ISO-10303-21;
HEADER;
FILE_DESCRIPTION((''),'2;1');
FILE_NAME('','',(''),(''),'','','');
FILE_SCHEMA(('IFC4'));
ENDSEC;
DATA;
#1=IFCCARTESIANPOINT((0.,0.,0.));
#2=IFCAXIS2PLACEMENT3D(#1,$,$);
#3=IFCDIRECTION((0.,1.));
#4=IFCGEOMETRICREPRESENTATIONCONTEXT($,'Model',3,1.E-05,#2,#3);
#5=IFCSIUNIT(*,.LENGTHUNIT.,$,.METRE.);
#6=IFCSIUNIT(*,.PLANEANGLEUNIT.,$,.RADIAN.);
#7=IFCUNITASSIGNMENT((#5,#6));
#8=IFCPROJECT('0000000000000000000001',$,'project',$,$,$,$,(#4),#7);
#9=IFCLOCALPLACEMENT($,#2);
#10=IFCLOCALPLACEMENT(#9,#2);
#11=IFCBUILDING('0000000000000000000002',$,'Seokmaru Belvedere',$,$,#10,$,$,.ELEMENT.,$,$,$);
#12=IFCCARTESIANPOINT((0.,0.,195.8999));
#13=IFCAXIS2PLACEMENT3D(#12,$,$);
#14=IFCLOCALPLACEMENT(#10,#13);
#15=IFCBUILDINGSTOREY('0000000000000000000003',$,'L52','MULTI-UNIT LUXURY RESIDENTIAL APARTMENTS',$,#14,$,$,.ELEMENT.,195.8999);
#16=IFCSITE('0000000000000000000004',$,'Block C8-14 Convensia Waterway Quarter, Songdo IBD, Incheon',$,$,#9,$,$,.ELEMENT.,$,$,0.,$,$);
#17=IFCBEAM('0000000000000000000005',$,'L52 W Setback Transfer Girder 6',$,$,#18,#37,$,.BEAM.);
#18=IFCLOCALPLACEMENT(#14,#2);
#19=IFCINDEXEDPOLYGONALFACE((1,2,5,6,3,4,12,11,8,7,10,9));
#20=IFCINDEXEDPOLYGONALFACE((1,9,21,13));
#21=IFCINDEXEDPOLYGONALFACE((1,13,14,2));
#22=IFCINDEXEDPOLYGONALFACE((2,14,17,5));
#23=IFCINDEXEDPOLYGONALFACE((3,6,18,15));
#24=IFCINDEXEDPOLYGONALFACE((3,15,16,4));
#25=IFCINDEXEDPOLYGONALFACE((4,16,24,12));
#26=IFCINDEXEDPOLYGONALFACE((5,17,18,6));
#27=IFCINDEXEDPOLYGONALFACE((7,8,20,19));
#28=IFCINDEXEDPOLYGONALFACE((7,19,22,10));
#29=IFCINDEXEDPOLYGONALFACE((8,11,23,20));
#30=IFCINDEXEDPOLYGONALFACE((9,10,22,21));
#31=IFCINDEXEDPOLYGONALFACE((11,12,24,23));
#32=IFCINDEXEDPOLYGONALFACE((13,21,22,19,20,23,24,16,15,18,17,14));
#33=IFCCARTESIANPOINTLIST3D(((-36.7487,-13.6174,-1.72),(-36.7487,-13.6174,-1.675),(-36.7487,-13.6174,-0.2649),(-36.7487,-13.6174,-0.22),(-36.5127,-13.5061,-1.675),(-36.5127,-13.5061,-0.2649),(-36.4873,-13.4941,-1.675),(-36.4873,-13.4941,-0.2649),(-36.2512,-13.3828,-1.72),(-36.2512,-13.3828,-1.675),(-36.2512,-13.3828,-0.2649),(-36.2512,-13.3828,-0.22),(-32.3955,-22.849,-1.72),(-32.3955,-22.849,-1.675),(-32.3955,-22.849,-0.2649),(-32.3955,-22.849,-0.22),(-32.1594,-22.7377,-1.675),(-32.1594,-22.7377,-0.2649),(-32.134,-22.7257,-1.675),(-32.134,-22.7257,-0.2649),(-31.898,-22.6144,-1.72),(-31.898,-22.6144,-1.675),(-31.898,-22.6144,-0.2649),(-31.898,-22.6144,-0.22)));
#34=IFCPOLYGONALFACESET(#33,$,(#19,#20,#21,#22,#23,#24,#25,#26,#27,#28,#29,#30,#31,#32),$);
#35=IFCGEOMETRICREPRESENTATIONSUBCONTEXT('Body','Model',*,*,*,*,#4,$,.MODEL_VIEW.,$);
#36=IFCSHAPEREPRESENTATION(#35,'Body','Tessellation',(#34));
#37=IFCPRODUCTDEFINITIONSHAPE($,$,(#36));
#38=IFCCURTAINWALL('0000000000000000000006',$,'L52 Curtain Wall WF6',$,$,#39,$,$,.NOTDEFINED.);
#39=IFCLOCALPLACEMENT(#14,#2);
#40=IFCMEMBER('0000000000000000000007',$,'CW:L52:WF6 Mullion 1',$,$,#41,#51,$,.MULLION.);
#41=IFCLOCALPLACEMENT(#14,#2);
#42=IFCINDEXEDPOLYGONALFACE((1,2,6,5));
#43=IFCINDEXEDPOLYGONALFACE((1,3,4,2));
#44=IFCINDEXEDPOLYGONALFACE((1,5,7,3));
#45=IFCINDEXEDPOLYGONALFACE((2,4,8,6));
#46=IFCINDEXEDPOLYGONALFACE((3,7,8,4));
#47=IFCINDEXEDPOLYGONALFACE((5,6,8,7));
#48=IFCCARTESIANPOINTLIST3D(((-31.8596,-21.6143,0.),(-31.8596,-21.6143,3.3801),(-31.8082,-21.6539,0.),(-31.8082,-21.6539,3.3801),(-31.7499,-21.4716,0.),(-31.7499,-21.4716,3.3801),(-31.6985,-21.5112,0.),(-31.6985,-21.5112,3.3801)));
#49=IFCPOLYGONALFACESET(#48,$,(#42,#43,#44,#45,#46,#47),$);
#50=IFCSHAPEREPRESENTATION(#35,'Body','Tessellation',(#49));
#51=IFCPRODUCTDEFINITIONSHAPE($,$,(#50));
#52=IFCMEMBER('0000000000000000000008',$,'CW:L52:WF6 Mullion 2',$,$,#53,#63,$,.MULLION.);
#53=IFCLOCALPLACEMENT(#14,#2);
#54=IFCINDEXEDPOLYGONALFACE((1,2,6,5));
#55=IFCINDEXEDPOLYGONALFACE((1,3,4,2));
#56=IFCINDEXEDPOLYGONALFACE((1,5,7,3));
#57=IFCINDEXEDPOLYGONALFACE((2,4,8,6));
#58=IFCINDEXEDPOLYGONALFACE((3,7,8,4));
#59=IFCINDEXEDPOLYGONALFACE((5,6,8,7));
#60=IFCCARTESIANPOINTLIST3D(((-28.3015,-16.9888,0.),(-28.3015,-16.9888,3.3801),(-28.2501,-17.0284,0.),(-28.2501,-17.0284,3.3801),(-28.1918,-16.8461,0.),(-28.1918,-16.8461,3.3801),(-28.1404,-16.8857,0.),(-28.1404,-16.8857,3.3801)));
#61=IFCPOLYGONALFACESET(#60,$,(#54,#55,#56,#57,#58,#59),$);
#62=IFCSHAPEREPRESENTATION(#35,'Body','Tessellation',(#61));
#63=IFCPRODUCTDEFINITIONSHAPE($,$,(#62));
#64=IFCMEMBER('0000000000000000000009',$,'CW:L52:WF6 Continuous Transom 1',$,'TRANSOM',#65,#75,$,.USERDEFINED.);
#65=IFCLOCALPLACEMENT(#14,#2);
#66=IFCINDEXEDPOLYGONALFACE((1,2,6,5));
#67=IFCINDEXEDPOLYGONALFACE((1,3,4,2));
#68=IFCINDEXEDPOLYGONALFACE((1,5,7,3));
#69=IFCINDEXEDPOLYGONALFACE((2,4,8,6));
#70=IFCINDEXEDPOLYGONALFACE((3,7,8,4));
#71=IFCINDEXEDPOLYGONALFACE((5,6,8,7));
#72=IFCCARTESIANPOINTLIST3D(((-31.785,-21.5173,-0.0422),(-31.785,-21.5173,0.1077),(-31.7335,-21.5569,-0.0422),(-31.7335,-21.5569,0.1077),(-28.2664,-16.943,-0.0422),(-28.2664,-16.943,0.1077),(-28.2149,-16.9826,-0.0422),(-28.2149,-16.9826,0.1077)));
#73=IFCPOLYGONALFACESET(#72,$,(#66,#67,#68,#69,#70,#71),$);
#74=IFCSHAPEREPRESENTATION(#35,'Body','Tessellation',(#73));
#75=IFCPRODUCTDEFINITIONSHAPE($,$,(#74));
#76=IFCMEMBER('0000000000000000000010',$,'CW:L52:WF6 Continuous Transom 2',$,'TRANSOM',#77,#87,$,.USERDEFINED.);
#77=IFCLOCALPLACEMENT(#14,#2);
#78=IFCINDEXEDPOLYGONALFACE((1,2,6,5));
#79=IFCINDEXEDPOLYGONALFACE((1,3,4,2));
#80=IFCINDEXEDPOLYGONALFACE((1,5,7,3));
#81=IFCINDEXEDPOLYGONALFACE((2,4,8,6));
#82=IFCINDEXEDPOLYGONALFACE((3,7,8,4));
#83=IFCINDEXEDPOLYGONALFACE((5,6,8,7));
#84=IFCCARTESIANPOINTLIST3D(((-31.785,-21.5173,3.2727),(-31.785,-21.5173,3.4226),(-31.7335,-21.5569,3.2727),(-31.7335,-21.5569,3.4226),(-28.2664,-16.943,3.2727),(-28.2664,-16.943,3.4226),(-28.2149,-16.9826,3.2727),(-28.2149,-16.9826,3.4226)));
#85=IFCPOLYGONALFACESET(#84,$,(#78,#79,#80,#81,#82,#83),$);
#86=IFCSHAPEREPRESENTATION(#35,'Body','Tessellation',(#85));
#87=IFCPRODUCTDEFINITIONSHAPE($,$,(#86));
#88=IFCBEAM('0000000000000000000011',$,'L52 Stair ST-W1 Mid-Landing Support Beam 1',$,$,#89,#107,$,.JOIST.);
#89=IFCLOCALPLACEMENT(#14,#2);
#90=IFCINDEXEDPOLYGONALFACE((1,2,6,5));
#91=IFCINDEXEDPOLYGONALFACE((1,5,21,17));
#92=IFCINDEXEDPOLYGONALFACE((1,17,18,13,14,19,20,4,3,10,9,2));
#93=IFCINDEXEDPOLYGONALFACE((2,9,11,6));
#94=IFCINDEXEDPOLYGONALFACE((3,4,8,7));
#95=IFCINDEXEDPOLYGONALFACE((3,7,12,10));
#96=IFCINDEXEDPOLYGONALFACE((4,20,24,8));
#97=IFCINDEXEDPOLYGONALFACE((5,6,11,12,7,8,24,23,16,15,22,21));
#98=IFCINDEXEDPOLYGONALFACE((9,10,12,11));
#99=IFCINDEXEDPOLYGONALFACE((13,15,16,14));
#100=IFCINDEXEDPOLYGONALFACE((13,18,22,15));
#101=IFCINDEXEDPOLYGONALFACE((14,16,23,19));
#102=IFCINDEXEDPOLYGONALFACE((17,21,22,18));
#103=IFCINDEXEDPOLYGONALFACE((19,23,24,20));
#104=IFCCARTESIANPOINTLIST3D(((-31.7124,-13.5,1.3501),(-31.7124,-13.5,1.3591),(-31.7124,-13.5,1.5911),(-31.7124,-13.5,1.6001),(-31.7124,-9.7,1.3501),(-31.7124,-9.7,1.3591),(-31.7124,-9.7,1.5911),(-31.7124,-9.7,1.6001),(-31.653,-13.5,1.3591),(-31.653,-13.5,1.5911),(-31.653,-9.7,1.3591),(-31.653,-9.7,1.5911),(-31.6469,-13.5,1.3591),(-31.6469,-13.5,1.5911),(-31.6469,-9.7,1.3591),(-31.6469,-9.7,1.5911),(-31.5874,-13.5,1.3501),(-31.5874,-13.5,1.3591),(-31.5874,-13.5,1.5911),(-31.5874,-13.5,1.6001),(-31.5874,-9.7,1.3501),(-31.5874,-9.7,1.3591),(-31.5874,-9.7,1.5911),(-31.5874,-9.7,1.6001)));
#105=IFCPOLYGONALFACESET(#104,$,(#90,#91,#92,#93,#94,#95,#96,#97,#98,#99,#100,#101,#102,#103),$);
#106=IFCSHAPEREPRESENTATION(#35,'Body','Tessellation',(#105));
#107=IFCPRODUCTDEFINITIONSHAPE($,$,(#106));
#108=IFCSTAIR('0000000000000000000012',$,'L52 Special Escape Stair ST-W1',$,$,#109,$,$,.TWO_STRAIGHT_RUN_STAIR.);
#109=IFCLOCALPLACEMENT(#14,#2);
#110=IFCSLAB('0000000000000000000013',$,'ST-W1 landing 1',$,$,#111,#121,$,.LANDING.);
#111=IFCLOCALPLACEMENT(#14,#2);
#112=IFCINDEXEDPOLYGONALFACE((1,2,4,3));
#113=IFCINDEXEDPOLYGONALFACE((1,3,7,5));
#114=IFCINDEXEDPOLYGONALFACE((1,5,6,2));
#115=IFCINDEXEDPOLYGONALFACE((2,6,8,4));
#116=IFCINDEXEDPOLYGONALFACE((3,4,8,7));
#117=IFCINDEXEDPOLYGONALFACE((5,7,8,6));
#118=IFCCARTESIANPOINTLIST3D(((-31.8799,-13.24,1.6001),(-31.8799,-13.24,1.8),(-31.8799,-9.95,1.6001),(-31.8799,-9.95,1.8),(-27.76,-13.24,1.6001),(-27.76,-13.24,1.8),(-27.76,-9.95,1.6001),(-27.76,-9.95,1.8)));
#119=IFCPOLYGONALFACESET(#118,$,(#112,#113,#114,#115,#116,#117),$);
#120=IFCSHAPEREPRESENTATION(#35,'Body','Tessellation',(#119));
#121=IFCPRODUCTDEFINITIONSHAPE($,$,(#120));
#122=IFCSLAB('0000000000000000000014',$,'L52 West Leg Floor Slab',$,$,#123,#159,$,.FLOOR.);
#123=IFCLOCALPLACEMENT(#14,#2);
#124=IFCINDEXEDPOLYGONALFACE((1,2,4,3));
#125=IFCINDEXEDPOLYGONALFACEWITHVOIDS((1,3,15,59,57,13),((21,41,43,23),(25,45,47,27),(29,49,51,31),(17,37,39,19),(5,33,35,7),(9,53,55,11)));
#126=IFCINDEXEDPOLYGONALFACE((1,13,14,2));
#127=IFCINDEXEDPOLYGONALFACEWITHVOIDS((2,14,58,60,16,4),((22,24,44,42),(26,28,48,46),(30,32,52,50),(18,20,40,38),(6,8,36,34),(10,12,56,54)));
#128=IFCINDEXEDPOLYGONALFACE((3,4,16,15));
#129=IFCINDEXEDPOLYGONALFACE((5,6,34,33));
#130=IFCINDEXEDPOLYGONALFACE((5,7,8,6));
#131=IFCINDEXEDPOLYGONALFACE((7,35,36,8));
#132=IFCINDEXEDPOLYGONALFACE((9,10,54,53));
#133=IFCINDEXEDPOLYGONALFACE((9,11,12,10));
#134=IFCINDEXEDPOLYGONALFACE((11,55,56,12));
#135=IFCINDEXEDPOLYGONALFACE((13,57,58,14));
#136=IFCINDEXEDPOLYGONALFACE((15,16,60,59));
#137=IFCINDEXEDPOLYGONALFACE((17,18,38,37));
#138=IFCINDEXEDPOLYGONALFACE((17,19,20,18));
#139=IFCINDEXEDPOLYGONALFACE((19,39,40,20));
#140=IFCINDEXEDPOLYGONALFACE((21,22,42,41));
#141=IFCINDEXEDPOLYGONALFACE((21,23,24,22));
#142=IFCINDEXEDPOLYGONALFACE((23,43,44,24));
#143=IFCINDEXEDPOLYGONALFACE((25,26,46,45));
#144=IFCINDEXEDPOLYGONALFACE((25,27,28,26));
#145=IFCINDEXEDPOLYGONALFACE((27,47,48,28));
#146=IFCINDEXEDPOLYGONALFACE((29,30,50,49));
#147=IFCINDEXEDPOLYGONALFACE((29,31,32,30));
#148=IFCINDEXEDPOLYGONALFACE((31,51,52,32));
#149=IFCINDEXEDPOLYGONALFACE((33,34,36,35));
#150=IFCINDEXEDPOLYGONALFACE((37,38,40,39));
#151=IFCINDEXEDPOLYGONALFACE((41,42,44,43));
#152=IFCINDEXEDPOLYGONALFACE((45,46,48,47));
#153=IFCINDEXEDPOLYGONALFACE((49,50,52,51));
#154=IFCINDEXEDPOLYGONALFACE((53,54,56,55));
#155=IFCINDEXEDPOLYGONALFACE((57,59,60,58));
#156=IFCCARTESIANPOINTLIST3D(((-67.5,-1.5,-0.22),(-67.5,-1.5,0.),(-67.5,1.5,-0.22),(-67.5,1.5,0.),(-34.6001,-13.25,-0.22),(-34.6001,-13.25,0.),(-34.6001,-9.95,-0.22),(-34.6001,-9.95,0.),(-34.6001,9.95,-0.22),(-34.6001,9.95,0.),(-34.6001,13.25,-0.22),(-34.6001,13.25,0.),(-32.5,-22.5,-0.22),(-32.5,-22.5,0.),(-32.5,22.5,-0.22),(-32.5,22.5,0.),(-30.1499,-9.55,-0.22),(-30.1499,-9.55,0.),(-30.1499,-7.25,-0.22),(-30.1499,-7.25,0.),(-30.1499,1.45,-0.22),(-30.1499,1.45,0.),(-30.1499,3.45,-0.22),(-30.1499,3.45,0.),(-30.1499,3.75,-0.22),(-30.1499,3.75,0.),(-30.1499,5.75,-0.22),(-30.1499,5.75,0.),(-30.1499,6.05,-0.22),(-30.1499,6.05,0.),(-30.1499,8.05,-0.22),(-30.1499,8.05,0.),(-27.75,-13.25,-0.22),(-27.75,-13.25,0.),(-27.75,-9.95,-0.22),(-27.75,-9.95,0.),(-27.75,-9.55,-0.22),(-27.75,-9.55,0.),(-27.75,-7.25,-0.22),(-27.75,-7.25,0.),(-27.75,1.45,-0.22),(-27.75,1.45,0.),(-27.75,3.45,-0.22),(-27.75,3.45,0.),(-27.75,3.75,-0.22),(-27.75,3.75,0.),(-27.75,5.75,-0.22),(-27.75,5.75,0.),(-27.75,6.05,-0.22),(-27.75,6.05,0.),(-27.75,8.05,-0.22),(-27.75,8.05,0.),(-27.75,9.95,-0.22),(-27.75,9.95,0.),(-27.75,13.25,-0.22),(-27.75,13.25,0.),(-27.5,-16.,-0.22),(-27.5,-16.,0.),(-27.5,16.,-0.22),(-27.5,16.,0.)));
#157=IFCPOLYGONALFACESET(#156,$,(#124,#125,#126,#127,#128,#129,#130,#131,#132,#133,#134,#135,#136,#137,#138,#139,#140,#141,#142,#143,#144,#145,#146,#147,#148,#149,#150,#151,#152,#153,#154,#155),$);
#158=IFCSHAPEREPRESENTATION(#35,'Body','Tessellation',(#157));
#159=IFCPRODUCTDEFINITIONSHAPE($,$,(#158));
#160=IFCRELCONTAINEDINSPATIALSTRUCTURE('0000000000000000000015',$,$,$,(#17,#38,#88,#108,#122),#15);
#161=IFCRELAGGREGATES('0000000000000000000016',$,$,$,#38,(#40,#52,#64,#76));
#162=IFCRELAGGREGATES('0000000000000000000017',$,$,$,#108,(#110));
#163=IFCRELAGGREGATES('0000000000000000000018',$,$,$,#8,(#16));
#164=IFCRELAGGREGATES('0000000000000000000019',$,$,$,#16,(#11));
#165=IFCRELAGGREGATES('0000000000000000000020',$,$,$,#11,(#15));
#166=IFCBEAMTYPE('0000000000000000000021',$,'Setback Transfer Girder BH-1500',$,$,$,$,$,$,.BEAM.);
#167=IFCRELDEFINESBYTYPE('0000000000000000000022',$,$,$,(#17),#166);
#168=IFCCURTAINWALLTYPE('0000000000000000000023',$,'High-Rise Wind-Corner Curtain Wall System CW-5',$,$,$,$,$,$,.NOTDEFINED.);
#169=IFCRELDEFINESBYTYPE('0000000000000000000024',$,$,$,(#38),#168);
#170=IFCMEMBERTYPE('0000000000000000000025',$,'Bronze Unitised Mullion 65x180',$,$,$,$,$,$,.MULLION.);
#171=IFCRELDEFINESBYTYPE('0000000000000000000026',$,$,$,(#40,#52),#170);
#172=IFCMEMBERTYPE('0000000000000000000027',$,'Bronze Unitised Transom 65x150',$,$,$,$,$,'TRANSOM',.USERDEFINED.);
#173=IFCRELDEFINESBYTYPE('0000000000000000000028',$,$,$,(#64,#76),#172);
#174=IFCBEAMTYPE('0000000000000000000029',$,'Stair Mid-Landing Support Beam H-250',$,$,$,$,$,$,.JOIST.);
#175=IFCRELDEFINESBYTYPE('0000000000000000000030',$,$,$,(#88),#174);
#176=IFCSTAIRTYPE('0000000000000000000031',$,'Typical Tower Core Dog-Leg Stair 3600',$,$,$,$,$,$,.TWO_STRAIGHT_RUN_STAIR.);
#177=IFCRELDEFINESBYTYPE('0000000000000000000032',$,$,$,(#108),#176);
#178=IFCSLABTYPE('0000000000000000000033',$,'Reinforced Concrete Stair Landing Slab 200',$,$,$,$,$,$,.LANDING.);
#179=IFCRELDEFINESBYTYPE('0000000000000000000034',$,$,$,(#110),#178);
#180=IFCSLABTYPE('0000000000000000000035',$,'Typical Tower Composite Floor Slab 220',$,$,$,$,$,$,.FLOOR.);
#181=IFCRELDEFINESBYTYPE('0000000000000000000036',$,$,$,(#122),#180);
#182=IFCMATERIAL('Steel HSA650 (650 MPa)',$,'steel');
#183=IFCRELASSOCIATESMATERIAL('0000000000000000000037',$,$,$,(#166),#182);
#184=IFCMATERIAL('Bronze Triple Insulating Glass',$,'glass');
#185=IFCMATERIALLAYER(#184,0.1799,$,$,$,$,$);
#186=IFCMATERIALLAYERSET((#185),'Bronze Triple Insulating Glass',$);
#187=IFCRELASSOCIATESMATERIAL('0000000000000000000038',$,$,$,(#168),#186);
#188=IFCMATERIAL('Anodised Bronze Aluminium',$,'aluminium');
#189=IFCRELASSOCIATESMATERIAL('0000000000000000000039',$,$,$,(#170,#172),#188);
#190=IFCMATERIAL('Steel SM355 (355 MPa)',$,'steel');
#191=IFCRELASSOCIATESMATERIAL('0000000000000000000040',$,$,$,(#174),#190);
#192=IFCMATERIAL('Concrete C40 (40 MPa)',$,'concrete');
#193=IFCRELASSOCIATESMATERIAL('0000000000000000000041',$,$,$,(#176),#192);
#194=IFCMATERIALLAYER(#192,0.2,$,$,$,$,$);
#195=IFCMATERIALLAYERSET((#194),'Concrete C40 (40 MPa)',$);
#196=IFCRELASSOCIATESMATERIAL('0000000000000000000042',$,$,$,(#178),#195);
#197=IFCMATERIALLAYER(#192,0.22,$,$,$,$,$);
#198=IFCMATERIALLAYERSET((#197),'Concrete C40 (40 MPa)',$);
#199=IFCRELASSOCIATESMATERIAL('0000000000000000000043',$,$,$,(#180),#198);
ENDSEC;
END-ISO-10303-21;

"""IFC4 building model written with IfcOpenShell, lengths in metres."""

from ifc_helpers import new_model, si_unit, direction, frame, origin, origin_2d, place, context, subcontext, project, spatial, polyline, rectangle, i_section, outline, extrude, source, transform, mapped, material, layer, layer_set, material_profile, profile_set, type_object, type_shapes, element, aggregate, save


model = new_model("IFC4")

# Units and contexts
model_context = context("Model", 3, precision=1e-05, world=origin(), true_north=direction((0.0, 1.0)))
body_context = subcontext(model_context, "Body", "Model", "MODEL_VIEW")
ifc_project = project(units=[si_unit("LENGTHUNIT", "METRE"), si_unit("PLANEANGLEUNIT", "RADIAN")], contexts=[model_context])

# Site, building, storey
site_placement = place(None, origin())
site = spatial("IfcSite", under=ifc_project, at=site_placement, Name="Block C8-14 Convensia Waterway Quarter, Songdo IBD, Incheon", CompositionType="ELEMENT", RefElevation=0.0)
building_placement = place(site_placement, origin())
building = spatial("IfcBuilding", under=site, at=building_placement, Name="Seokmaru Belvedere", CompositionType="ELEMENT")
storey_placement = place(building_placement, frame((0.0, 0.0, 195.8999)))
storey = spatial("IfcBuildingStorey", under=building, at=storey_placement, Name="L52", Description="MULTI-UNIT LUXURY RESIDENTIAL APARTMENTS", CompositionType="ELEMENT", Elevation=195.8999)

# Shared definitions
ifc_material_1 = material(Name="Steel HSA650 (650 MPa)", Category="steel")
ifc_material_2 = material(Name="Steel SM355 (355 MPa)", Category="steel")

# Beam
ifc_material_profile_1 = material_profile(ifc_material_1, i_section(OverallWidth=0.55, OverallDepth=1.5, WebThickness=0.0281, FlangeThickness=0.0449, at=origin_2d()), Name="BH-1500x550x28x45")
ifc_profile_set_1 = profile_set([ifc_material_profile_1], Name="Steel HSA650 (650 MPa)")
beam_type_1 = type_object("IfcBeamType", Name="Setback Transfer Girder BH-1500", PredefinedType="BEAM", material=ifc_profile_set_1)
shared_shape_1 = source(origin(), body_context, "Body", "SweptSolid", [
    extrude(i_section(OverallWidth=0.55, OverallDepth=1.5, WebThickness=0.0281, FlangeThickness=0.0449, at=origin_2d()), origin(), (0.0, 0.0, 1.0), 10.2065),
])
beam_1_placement = place(storey_placement, frame((-32.1467, -22.7317, -0.97), z_axis=(-0.426515, 0.904481, 0.0), x_axis=(-0.904481, -0.426515, 0.0)))
element("IfcBeam", 1, at=beam_1_placement, inside=storey, type_object=beam_type_1, Name="L52 W Setback Transfer Girder 6", PredefinedType="BEAM", context=body_context, shape_type="MappedRepresentation", body=[
    mapped(shared_shape_1, transform((0.0, 0.0, 0.0), scale=1.0)),
])

# Curtain wall, members
ifc_material_3 = material(Name="Bronze Triple Insulating Glass", Category="glass")
ifc_layer_1 = layer(ifc_material_3, 0.1799)
ifc_layer_set_1 = layer_set([ifc_layer_1], Name="Bronze Triple Insulating Glass")
curtain_wall_type = type_object("IfcCurtainWallType", Name="High-Rise Wind-Corner Curtain Wall System CW-5", PredefinedType="NOTDEFINED", material=ifc_layer_set_1)
curtain_wall_placement = place(storey_placement, origin())
curtain_wall = element("IfcCurtainWall", 2, at=curtain_wall_placement, inside=storey, type_object=curtain_wall_type, Name="L52 Curtain Wall WF6", PredefinedType="NOTDEFINED")
ifc_material_4 = material(Name="Anodised Bronze Aluminium", Category="aluminium")
ifc_material_profile_2 = material_profile(ifc_material_4, rectangle(XDim=0.0649, YDim=0.1799, at=origin_2d()), Name="CW-M-65x180")
ifc_profile_set_2 = profile_set([ifc_material_profile_2], Name="Anodised Bronze Aluminium")
member_type_1 = type_object("IfcMemberType", Name="Bronze Unitised Mullion 65x180", PredefinedType="MULLION", material=ifc_profile_set_2)
shared_shape_2 = source(origin(), body_context, "Body", "SweptSolid", [
    extrude(rectangle(XDim=0.0649, YDim=0.1799, at=origin_2d()), origin(), (0.0, 0.0, 1.0), 3.3801),
])
type_shapes(member_type_1, [shared_shape_2])
member_1_placement = place(storey_placement, frame((-31.7791, -21.5627, 0.0), z_axis=(0.0, 0.0, 1.0), x_axis=(-0.792631, 0.609701, 0.0)))
member_1 = element("IfcMember", 3, at=member_1_placement, type_object=member_type_1, Name="CW:L52:WF6 Mullion 1", PredefinedType="MULLION", context=body_context, shape_type="MappedRepresentation", body=[
    mapped(shared_shape_2, transform((0.0, 0.0, 0.0), scale=1.0)),
])
member_2_placement = place(storey_placement, frame((-28.2209, -16.9373, 0.0), z_axis=(0.0, 0.0, 1.0), x_axis=(-0.792631, 0.609701, 0.0)))
member_2 = element("IfcMember", 4, at=member_2_placement, type_object=member_type_1, Name="CW:L52:WF6 Mullion 2", PredefinedType="MULLION", context=body_context, shape_type="MappedRepresentation", body=[
    mapped(shared_shape_2, transform((0.0, 0.0, 0.0), scale=1.0)),
])
ifc_material_profile_3 = material_profile(ifc_material_4, rectangle(XDim=0.0649, YDim=0.1499, at=origin_2d()), Name="CW-T-65x150")
ifc_profile_set_3 = profile_set([ifc_material_profile_3], Name="Anodised Bronze Aluminium")
member_type_2 = type_object("IfcMemberType", Name="Bronze Unitised Transom 65x150", ElementType="TRANSOM", PredefinedType="USERDEFINED", material=ifc_profile_set_3)
shared_shape_3 = source(origin(), body_context, "Body", "SweptSolid", [
    extrude(rectangle(XDim=0.0649, YDim=0.1499, at=origin_2d()), origin(), (0.0, 0.0, 1.0), 5.771),
])
type_shapes(member_type_2, [shared_shape_3])
member_3_placement = place(storey_placement, frame((-31.7593, -21.5371, 0.0327), z_axis=(0.609703, 0.79263, 0.0), x_axis=(-0.79263, 0.609703, 0.0)))
member_3 = element("IfcMember", 5, at=member_3_placement, type_object=member_type_2, Name="CW:L52:WF6 Continuous Transom 1", ObjectType="TRANSOM", PredefinedType="USERDEFINED", context=body_context, shape_type="MappedRepresentation", body=[
    mapped(shared_shape_3, transform((0.0, 0.0, 0.0), scale=1.0)),
])
member_4_placement = place(storey_placement, frame((-31.7593, -21.5371, 3.3477), z_axis=(0.609703, 0.79263, 0.0), x_axis=(-0.79263, 0.609703, 0.0)))
member_4 = element("IfcMember", 6, at=member_4_placement, type_object=member_type_2, Name="CW:L52:WF6 Continuous Transom 2", ObjectType="TRANSOM", PredefinedType="USERDEFINED", context=body_context, shape_type="MappedRepresentation", body=[
    mapped(shared_shape_3, transform((0.0, 0.0, 0.0), scale=1.0)),
])

# Beam
ifc_material_profile_4 = material_profile(ifc_material_2, i_section(OverallWidth=0.125, OverallDepth=0.25, WebThickness=0.0061, FlangeThickness=0.009, at=origin_2d()), Name="H-250x125x6x9")
ifc_profile_set_4 = profile_set([ifc_material_profile_4], Name="Steel SM355 (355 MPa)")
beam_type_2 = type_object("IfcBeamType", Name="Stair Mid-Landing Support Beam H-250", PredefinedType="JOIST", material=ifc_profile_set_4)
shared_shape_4 = source(origin(), body_context, "Body", "SweptSolid", [
    extrude(i_section(OverallWidth=0.125, OverallDepth=0.25, WebThickness=0.0061, FlangeThickness=0.009, at=origin_2d()), origin(), (0.0, 0.0, 1.0), 3.8),
])
type_shapes(beam_type_2, [shared_shape_4])
beam_2_placement = place(storey_placement, frame((-31.6499, -13.5, 1.4751), z_axis=(0.0, 1.0, 0.0), x_axis=(-1.0, 0.0, 0.0)))
element("IfcBeam", 7, at=beam_2_placement, inside=storey, type_object=beam_type_2, Name="L52 Stair ST-W1 Mid-Landing Support Beam 1", PredefinedType="JOIST", context=body_context, shape_type="MappedRepresentation", body=[
    mapped(shared_shape_4, transform((0.0, 0.0, 0.0), scale=1.0)),
])

# Stair, slab
ifc_material_5 = material(Name="Concrete C40 (40 MPa)", Category="concrete")
stair_type = type_object("IfcStairType", Name="Typical Tower Core Dog-Leg Stair 3600", PredefinedType="TWO_STRAIGHT_RUN_STAIR", material=ifc_material_5)
stair_placement = place(storey_placement, origin())
stair = element("IfcStair", 8, at=stair_placement, inside=storey, type_object=stair_type, Name="L52 Special Escape Stair ST-W1", PredefinedType="TWO_STRAIGHT_RUN_STAIR")
ifc_layer_2 = layer(ifc_material_5, 0.2)
ifc_layer_set_2 = layer_set([ifc_layer_2], Name="Concrete C40 (40 MPa)")
slab_type_1 = type_object("IfcSlabType", Name="Reinforced Concrete Stair Landing Slab 200", PredefinedType="LANDING", material=ifc_layer_set_2)
slab_1_placement = place(storey_placement, frame((0.0, 0.0, 1.6001)))
slab_1 = element("IfcSlab", 9, at=slab_1_placement, type_object=slab_type_1, Name="ST-W1 landing 1", PredefinedType="LANDING", context=body_context, shape_type="SweptSolid", body=[
    extrude(outline(polyline([(-31.8799, -13.24), (-27.76, -13.24), (-27.76, -9.95), (-31.8799, -9.95), (-31.8799, -13.24)])), origin(), (0.0, 0.0, 1.0), 0.2),
])

# Slab
ifc_layer_3 = layer(ifc_material_5, 0.22)
ifc_layer_set_3 = layer_set([ifc_layer_3], Name="Concrete C40 (40 MPa)")
slab_type_2 = type_object("IfcSlabType", Name="Typical Tower Composite Floor Slab 220", PredefinedType="FLOOR", material=ifc_layer_set_3)
slab_2_placement = place(storey_placement, frame((0.0, 0.0, -0.22)))
element("IfcSlab", 10, at=slab_2_placement, inside=storey, type_object=slab_type_2, Name="L52 West Leg Floor Slab", PredefinedType="FLOOR", context=body_context, shape_type="SweptSolid", body=[
    extrude(outline(polyline([(-27.5, -16.0), (-27.5, 16.0), (-32.5, 22.5), (-67.5, 1.5), (-67.5, -1.5), (-32.5, -22.5), (-27.5, -16.0)]), holes=[polyline([(-34.6001, -13.25), (-27.75, -13.25), (-27.75, -9.95), (-34.6001, -9.95), (-34.6001, -13.25)]), polyline([(-34.6001, 9.95), (-27.75, 9.95), (-27.75, 13.25), (-34.6001, 13.25), (-34.6001, 9.95)]), polyline([(-30.1499, -9.55), (-27.75, -9.55), (-27.75, -7.25), (-30.1499, -7.25), (-30.1499, -9.55)]), polyline([(-30.1499, 1.45), (-27.75, 1.45), (-27.75, 3.45), (-30.1499, 3.45), (-30.1499, 1.45)]), polyline([(-30.1499, 3.75), (-27.75, 3.75), (-27.75, 5.75), (-30.1499, 5.75), (-30.1499, 3.75)]), polyline([(-30.1499, 6.05), (-27.75, 6.05), (-27.75, 8.05), (-30.1499, 8.05), (-30.1499, 6.05)])]), origin(), (0.0, 0.0, 1.0), 0.22),
])

aggregate(curtain_wall, [member_1, member_2, member_3, member_4])

aggregate(stair, [slab_1])

save(model, "model.ifc")
